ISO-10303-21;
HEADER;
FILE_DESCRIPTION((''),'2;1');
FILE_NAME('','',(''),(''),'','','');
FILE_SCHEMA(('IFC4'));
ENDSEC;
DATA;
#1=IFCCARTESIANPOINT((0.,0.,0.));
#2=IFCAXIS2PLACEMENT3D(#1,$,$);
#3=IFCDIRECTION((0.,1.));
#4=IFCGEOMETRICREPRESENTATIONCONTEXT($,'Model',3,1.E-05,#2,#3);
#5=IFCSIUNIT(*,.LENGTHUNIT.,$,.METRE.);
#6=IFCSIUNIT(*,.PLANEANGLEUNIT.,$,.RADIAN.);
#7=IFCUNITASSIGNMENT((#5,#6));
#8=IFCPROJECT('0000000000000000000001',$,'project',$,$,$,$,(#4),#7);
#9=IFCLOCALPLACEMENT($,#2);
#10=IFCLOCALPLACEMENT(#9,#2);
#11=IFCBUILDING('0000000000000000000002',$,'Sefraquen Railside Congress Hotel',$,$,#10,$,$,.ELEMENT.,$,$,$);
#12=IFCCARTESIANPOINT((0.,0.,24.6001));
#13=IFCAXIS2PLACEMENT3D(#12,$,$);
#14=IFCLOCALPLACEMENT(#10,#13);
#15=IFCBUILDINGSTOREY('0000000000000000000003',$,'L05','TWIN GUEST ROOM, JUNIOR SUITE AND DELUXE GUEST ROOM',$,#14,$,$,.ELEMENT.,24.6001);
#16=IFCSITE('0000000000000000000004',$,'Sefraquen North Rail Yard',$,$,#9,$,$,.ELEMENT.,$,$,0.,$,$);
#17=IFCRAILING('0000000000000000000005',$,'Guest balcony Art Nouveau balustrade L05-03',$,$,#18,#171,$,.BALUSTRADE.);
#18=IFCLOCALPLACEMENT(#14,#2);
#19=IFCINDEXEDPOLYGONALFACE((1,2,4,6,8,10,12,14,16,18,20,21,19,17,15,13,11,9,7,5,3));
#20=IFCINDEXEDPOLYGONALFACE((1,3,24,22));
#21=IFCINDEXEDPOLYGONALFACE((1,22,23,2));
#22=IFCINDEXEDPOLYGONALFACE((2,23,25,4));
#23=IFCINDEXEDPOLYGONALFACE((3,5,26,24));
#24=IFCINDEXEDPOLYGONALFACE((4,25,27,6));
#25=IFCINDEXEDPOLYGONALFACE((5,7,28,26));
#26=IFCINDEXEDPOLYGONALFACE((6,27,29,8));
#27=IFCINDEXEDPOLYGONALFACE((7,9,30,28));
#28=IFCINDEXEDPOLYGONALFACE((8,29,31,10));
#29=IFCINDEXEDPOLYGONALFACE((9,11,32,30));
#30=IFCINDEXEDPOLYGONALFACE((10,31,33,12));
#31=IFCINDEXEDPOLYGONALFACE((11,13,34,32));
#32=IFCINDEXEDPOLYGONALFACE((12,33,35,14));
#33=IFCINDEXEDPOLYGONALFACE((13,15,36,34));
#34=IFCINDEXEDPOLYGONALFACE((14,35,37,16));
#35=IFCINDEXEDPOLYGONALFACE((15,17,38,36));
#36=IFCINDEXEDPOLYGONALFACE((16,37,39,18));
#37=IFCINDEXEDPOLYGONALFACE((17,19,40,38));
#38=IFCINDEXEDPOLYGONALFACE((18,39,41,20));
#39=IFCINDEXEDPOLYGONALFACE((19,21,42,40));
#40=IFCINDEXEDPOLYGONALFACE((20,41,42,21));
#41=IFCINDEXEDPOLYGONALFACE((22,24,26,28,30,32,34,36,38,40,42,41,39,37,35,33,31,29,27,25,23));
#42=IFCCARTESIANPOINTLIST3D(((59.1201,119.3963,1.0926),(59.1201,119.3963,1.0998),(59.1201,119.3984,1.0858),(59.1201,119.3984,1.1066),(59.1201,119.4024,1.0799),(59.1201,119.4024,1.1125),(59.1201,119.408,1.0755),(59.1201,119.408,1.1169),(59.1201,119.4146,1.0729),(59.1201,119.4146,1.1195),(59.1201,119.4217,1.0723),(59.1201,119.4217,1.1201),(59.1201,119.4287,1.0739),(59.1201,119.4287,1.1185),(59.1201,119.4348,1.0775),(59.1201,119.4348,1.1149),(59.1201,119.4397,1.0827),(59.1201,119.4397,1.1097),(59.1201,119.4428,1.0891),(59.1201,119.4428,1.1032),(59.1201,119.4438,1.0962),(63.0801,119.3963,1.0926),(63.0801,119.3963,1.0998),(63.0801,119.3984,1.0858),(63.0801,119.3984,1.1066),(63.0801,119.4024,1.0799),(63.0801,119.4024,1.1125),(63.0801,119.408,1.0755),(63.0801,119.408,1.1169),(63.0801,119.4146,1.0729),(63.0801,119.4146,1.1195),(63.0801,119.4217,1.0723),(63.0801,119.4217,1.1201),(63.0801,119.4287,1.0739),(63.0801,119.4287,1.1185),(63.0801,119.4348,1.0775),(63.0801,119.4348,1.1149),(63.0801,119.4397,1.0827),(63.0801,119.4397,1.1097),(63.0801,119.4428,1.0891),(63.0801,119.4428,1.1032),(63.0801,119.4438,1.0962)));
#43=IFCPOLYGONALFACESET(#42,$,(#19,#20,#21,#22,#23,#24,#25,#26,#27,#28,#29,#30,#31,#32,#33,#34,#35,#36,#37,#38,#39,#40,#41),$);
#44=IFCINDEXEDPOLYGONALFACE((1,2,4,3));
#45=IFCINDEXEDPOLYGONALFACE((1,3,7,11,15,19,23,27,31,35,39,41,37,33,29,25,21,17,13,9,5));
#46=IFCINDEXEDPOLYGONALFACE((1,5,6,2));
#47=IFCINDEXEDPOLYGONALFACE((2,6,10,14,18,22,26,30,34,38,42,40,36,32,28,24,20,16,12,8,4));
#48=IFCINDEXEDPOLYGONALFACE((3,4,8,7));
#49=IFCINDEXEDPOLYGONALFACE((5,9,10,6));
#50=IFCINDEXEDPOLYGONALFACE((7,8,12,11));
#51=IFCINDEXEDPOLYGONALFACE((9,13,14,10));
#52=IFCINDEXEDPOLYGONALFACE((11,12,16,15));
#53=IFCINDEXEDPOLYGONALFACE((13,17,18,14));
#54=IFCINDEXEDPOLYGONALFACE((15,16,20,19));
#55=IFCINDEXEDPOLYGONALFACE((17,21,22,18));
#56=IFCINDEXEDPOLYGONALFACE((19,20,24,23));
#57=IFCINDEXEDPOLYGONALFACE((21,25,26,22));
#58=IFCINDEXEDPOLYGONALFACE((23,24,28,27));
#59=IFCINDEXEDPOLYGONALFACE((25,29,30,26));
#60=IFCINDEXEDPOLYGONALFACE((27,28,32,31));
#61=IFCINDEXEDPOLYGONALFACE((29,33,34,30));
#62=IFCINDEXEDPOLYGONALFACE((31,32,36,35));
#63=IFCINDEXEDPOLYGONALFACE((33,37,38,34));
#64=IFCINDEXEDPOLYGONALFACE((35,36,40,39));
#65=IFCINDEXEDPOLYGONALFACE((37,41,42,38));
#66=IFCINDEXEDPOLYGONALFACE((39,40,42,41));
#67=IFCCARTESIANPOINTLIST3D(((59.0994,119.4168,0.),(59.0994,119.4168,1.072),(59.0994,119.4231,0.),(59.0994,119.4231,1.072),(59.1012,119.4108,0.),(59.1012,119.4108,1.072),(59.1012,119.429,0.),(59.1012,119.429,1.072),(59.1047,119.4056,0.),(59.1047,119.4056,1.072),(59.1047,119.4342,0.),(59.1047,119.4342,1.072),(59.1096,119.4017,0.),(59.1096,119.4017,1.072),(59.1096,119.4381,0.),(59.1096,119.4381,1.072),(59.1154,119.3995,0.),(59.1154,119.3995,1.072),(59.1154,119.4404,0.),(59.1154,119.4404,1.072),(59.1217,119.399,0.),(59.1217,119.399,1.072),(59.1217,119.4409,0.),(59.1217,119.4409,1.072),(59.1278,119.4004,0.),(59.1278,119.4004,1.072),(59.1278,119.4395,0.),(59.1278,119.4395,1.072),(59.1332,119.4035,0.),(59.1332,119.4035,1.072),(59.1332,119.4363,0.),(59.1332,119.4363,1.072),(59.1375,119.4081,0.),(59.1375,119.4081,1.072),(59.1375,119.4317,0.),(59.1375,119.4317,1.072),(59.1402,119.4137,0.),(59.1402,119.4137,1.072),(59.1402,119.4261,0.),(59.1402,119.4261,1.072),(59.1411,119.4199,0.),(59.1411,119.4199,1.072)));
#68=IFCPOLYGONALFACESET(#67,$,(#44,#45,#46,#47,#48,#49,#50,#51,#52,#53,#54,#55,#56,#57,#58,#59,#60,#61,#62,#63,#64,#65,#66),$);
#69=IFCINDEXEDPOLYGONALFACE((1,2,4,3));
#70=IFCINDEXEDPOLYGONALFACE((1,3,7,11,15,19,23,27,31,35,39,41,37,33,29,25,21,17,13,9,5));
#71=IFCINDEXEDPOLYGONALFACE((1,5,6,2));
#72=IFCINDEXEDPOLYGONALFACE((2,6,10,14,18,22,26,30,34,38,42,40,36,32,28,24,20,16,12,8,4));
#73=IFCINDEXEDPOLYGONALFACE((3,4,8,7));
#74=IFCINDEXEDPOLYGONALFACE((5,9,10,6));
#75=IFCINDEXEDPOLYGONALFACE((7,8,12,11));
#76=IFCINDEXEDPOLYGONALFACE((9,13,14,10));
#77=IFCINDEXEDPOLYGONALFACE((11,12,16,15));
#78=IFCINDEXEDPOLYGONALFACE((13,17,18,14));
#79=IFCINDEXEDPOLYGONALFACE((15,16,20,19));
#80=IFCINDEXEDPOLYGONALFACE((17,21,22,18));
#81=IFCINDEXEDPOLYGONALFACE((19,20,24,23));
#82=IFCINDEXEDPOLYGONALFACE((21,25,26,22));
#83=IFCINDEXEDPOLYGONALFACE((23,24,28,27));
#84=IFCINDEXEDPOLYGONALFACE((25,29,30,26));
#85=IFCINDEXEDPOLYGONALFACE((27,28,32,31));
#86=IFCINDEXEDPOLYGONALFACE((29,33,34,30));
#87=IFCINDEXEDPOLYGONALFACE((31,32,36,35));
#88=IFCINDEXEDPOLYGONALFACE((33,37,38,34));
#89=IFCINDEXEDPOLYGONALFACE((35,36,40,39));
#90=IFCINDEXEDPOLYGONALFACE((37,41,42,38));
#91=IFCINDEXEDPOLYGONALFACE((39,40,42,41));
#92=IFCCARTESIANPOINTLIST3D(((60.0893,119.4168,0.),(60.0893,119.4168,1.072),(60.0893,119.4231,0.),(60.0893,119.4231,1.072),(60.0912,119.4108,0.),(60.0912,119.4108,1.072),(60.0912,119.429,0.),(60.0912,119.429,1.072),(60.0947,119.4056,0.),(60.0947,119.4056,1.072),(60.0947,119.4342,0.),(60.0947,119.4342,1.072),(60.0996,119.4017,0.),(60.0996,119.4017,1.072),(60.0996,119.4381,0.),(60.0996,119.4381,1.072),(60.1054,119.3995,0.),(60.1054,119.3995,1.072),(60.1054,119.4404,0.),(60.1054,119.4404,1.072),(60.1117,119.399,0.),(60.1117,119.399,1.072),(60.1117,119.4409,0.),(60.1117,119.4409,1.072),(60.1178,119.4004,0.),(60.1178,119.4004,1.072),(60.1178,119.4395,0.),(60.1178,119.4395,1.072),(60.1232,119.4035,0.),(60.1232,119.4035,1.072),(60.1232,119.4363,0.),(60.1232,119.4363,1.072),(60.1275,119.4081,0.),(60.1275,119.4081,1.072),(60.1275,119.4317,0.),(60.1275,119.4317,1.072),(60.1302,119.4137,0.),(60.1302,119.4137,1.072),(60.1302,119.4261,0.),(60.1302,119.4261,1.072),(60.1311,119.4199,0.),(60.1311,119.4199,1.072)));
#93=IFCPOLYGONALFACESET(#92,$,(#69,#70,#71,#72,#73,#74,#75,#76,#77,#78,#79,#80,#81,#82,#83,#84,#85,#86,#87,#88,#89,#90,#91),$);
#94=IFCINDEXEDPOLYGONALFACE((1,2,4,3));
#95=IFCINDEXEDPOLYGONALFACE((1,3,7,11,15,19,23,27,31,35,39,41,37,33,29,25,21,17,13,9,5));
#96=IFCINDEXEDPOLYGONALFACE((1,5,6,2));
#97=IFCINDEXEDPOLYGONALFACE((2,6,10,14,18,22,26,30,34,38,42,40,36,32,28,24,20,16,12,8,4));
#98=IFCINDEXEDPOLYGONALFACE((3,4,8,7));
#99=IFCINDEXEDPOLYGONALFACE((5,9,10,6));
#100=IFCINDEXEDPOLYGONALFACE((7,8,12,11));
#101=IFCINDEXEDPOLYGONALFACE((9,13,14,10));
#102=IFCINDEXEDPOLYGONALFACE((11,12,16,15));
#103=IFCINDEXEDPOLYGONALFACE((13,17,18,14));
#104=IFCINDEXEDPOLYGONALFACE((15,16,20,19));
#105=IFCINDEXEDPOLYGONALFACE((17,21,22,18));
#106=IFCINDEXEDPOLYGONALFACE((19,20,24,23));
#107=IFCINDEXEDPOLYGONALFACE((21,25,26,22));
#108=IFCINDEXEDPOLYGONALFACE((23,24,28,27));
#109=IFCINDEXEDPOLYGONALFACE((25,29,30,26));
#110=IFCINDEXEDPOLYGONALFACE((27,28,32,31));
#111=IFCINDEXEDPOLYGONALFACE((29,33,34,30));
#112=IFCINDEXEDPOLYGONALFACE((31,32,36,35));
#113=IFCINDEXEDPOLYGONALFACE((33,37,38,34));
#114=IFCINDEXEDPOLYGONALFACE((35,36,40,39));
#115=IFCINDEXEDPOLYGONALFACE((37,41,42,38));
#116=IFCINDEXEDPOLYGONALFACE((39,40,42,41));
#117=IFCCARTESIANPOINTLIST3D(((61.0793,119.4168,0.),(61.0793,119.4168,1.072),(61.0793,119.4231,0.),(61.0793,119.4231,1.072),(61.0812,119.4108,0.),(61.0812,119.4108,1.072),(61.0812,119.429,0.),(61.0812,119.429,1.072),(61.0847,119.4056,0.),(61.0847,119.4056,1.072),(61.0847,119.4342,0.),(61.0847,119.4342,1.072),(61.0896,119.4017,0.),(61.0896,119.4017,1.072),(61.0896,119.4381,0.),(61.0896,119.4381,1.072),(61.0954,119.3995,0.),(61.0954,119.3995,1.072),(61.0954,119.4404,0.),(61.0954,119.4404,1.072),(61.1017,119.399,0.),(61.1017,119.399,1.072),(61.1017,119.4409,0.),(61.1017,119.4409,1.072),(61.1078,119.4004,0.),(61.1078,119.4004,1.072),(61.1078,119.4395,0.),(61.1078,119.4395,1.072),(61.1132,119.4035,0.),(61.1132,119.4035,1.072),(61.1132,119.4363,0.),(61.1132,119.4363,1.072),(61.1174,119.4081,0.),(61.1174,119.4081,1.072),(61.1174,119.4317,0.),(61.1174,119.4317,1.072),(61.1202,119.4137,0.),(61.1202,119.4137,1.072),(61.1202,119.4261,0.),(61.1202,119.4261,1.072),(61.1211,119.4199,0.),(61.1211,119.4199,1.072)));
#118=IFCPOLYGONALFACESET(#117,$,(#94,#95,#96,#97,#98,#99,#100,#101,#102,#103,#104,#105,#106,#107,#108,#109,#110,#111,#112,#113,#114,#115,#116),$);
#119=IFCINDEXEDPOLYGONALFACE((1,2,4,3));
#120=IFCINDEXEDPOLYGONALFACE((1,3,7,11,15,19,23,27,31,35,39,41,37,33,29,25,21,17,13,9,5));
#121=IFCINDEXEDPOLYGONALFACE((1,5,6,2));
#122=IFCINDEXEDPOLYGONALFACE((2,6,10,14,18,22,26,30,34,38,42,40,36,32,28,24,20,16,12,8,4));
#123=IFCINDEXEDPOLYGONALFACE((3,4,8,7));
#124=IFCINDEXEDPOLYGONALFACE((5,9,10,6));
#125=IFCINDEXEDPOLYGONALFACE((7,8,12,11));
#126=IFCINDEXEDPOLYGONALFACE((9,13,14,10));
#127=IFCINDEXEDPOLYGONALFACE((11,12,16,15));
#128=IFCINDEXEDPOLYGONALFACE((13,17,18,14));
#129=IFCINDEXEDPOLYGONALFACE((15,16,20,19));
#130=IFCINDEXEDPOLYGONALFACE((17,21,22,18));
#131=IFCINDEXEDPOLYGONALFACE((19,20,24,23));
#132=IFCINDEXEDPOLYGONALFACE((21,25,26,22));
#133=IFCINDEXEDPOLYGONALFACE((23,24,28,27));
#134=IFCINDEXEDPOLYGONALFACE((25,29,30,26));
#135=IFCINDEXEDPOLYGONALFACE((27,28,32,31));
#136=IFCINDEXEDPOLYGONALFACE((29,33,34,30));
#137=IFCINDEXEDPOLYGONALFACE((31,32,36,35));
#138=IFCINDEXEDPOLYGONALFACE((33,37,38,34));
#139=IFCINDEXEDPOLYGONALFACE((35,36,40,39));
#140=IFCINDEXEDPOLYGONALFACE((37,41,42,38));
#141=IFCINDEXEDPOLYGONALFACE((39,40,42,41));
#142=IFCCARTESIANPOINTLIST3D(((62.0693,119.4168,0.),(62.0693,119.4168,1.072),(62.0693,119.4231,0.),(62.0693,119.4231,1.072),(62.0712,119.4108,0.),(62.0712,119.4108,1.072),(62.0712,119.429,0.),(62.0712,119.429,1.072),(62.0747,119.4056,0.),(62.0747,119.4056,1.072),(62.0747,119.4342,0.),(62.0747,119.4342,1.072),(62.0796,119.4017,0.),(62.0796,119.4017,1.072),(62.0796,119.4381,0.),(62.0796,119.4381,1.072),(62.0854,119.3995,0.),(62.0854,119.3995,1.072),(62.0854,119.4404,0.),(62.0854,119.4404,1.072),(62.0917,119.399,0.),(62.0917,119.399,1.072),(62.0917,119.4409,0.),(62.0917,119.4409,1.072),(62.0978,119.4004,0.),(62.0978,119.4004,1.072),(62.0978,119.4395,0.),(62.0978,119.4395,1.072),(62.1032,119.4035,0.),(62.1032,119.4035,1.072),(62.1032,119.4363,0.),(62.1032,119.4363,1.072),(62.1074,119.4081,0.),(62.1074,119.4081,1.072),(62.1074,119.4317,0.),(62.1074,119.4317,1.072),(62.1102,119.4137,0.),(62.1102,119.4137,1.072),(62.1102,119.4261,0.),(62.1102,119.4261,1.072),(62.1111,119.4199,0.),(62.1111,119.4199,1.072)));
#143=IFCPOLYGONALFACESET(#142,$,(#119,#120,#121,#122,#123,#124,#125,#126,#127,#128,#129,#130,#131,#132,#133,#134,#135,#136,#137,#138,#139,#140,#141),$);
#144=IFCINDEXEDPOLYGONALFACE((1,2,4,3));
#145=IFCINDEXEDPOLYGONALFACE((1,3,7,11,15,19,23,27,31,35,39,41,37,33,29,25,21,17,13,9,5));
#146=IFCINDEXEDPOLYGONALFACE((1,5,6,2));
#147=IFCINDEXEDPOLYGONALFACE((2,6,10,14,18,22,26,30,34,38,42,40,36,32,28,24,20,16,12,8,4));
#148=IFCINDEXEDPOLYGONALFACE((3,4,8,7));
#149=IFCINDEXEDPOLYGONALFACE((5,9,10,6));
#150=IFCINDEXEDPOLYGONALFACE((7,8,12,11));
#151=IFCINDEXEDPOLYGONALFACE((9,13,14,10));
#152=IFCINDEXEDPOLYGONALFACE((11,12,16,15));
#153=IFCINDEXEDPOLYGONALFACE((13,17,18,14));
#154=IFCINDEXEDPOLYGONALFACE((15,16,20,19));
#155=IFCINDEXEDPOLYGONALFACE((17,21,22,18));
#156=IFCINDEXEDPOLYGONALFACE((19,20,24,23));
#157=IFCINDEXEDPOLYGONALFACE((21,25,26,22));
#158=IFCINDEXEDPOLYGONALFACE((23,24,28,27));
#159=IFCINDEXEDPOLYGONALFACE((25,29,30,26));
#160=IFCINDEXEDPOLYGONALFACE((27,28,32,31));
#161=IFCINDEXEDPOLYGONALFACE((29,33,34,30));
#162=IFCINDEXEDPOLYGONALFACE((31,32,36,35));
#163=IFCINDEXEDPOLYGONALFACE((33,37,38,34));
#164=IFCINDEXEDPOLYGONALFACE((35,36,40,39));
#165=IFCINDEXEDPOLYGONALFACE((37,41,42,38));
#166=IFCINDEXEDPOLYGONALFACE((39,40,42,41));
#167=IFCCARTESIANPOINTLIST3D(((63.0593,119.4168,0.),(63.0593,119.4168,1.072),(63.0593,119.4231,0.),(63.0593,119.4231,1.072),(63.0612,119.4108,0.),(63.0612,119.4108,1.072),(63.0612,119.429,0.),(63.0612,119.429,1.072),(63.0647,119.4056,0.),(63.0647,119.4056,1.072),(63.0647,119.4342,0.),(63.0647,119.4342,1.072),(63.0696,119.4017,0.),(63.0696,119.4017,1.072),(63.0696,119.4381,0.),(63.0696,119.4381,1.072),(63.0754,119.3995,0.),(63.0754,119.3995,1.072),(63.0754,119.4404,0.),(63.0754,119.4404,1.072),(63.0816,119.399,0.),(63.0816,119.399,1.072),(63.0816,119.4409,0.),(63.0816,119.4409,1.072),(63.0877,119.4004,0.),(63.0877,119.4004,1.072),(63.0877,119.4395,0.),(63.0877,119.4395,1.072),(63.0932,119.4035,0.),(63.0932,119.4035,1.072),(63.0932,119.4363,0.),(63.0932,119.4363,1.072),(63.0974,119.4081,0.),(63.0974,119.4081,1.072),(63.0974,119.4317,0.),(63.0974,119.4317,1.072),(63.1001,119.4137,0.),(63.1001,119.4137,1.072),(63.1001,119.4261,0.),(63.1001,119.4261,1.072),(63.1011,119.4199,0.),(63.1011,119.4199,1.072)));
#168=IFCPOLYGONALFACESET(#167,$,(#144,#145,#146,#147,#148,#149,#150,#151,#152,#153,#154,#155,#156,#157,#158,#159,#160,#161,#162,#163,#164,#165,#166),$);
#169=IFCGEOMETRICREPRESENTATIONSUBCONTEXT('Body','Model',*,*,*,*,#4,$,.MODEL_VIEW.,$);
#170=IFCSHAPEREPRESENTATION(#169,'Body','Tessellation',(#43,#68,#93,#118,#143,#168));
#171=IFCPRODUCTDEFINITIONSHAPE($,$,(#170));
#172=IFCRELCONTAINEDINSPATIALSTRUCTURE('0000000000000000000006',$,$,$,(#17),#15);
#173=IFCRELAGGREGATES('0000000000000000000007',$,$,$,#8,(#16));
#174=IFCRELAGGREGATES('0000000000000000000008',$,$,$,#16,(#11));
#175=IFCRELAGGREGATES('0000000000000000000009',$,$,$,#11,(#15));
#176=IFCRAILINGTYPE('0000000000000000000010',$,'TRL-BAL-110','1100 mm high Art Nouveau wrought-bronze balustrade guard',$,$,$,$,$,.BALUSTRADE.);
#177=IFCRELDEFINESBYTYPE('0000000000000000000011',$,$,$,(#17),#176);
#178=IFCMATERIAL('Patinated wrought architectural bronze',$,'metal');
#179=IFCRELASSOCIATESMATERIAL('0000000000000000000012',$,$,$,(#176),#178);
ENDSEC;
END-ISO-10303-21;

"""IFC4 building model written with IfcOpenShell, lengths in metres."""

from ifc_helpers import new_model, si_unit, direction, frame, origin, origin_2d, place, context, subcontext, project, spatial, circle, extrude, material, type_object, element, save


model = new_model("IFC4")

# Units and contexts
model_context = context("Model", 3, precision=1e-05, world=origin(), true_north=direction((0.0, 1.0)))
body_context = subcontext(model_context, "Body", "Model", "MODEL_VIEW")
ifc_project = project(units=[si_unit("LENGTHUNIT", "METRE"), si_unit("PLANEANGLEUNIT", "RADIAN")], contexts=[model_context])

# Site, building, storey
site_placement = place(None, origin())
site = spatial("IfcSite", under=ifc_project, at=site_placement, Name="Sefraquen North Rail Yard", CompositionType="ELEMENT", RefElevation=0.0)
building_placement = place(site_placement, origin())
building = spatial("IfcBuilding", under=site, at=building_placement, Name="Sefraquen Railside Congress Hotel", CompositionType="ELEMENT")
storey_placement = place(building_placement, frame((0.0, 0.0, 24.6001)))
storey = spatial("IfcBuildingStorey", under=building, at=storey_placement, Name="L05", Description="TWIN GUEST ROOM, JUNIOR SUITE AND DELUXE GUEST ROOM", CompositionType="ELEMENT", Elevation=24.6001)

# Railing
ifc_material_1 = material(Name="Patinated wrought architectural bronze", Category="metal")
railing_type = type_object("IfcRailingType", Name="TRL-BAL-110", Description="1100 mm high Art Nouveau wrought-bronze balustrade guard", PredefinedType="BALUSTRADE", material=ifc_material_1)
railing_1_placement = place(storey_placement, frame((59.1201, 119.4199, 0.0)))
element("IfcRailing", 1, at=railing_1_placement, inside=storey, type_object=railing_type, Name="Guest balcony Art Nouveau balustrade L05-03", PredefinedType="BALUSTRADE", context=body_context, shape_type="SweptSolid", body=[
    extrude(circle(Radius=0.0239, at=origin_2d()), frame((0.0, 0.0, 1.0962), z_axis=(1.0, 0.0, 0.0), x_axis=(0.0, 1.0, 0.0)), (0.0, 0.0, 1.0), 3.96),
    extrude(circle(Radius=0.021, at=origin_2d()), origin(), (0.0, 0.0, 1.0), 1.072),
    extrude(circle(Radius=0.021, at=origin_2d()), frame((0.99, 0.0, 0.0)), (0.0, 0.0, 1.0), 1.072),
    extrude(circle(Radius=0.021, at=origin_2d()), frame((1.98, 0.0, 0.0)), (0.0, 0.0, 1.0), 1.072),
    extrude(circle(Radius=0.021, at=origin_2d()), frame((2.97, 0.0, 0.0)), (0.0, 0.0, 1.0), 1.072),
    extrude(circle(Radius=0.021, at=origin_2d()), frame((3.96, 0.0, 0.0)), (0.0, 0.0, 1.0), 1.072),
])

save(model, "model.ifc")
